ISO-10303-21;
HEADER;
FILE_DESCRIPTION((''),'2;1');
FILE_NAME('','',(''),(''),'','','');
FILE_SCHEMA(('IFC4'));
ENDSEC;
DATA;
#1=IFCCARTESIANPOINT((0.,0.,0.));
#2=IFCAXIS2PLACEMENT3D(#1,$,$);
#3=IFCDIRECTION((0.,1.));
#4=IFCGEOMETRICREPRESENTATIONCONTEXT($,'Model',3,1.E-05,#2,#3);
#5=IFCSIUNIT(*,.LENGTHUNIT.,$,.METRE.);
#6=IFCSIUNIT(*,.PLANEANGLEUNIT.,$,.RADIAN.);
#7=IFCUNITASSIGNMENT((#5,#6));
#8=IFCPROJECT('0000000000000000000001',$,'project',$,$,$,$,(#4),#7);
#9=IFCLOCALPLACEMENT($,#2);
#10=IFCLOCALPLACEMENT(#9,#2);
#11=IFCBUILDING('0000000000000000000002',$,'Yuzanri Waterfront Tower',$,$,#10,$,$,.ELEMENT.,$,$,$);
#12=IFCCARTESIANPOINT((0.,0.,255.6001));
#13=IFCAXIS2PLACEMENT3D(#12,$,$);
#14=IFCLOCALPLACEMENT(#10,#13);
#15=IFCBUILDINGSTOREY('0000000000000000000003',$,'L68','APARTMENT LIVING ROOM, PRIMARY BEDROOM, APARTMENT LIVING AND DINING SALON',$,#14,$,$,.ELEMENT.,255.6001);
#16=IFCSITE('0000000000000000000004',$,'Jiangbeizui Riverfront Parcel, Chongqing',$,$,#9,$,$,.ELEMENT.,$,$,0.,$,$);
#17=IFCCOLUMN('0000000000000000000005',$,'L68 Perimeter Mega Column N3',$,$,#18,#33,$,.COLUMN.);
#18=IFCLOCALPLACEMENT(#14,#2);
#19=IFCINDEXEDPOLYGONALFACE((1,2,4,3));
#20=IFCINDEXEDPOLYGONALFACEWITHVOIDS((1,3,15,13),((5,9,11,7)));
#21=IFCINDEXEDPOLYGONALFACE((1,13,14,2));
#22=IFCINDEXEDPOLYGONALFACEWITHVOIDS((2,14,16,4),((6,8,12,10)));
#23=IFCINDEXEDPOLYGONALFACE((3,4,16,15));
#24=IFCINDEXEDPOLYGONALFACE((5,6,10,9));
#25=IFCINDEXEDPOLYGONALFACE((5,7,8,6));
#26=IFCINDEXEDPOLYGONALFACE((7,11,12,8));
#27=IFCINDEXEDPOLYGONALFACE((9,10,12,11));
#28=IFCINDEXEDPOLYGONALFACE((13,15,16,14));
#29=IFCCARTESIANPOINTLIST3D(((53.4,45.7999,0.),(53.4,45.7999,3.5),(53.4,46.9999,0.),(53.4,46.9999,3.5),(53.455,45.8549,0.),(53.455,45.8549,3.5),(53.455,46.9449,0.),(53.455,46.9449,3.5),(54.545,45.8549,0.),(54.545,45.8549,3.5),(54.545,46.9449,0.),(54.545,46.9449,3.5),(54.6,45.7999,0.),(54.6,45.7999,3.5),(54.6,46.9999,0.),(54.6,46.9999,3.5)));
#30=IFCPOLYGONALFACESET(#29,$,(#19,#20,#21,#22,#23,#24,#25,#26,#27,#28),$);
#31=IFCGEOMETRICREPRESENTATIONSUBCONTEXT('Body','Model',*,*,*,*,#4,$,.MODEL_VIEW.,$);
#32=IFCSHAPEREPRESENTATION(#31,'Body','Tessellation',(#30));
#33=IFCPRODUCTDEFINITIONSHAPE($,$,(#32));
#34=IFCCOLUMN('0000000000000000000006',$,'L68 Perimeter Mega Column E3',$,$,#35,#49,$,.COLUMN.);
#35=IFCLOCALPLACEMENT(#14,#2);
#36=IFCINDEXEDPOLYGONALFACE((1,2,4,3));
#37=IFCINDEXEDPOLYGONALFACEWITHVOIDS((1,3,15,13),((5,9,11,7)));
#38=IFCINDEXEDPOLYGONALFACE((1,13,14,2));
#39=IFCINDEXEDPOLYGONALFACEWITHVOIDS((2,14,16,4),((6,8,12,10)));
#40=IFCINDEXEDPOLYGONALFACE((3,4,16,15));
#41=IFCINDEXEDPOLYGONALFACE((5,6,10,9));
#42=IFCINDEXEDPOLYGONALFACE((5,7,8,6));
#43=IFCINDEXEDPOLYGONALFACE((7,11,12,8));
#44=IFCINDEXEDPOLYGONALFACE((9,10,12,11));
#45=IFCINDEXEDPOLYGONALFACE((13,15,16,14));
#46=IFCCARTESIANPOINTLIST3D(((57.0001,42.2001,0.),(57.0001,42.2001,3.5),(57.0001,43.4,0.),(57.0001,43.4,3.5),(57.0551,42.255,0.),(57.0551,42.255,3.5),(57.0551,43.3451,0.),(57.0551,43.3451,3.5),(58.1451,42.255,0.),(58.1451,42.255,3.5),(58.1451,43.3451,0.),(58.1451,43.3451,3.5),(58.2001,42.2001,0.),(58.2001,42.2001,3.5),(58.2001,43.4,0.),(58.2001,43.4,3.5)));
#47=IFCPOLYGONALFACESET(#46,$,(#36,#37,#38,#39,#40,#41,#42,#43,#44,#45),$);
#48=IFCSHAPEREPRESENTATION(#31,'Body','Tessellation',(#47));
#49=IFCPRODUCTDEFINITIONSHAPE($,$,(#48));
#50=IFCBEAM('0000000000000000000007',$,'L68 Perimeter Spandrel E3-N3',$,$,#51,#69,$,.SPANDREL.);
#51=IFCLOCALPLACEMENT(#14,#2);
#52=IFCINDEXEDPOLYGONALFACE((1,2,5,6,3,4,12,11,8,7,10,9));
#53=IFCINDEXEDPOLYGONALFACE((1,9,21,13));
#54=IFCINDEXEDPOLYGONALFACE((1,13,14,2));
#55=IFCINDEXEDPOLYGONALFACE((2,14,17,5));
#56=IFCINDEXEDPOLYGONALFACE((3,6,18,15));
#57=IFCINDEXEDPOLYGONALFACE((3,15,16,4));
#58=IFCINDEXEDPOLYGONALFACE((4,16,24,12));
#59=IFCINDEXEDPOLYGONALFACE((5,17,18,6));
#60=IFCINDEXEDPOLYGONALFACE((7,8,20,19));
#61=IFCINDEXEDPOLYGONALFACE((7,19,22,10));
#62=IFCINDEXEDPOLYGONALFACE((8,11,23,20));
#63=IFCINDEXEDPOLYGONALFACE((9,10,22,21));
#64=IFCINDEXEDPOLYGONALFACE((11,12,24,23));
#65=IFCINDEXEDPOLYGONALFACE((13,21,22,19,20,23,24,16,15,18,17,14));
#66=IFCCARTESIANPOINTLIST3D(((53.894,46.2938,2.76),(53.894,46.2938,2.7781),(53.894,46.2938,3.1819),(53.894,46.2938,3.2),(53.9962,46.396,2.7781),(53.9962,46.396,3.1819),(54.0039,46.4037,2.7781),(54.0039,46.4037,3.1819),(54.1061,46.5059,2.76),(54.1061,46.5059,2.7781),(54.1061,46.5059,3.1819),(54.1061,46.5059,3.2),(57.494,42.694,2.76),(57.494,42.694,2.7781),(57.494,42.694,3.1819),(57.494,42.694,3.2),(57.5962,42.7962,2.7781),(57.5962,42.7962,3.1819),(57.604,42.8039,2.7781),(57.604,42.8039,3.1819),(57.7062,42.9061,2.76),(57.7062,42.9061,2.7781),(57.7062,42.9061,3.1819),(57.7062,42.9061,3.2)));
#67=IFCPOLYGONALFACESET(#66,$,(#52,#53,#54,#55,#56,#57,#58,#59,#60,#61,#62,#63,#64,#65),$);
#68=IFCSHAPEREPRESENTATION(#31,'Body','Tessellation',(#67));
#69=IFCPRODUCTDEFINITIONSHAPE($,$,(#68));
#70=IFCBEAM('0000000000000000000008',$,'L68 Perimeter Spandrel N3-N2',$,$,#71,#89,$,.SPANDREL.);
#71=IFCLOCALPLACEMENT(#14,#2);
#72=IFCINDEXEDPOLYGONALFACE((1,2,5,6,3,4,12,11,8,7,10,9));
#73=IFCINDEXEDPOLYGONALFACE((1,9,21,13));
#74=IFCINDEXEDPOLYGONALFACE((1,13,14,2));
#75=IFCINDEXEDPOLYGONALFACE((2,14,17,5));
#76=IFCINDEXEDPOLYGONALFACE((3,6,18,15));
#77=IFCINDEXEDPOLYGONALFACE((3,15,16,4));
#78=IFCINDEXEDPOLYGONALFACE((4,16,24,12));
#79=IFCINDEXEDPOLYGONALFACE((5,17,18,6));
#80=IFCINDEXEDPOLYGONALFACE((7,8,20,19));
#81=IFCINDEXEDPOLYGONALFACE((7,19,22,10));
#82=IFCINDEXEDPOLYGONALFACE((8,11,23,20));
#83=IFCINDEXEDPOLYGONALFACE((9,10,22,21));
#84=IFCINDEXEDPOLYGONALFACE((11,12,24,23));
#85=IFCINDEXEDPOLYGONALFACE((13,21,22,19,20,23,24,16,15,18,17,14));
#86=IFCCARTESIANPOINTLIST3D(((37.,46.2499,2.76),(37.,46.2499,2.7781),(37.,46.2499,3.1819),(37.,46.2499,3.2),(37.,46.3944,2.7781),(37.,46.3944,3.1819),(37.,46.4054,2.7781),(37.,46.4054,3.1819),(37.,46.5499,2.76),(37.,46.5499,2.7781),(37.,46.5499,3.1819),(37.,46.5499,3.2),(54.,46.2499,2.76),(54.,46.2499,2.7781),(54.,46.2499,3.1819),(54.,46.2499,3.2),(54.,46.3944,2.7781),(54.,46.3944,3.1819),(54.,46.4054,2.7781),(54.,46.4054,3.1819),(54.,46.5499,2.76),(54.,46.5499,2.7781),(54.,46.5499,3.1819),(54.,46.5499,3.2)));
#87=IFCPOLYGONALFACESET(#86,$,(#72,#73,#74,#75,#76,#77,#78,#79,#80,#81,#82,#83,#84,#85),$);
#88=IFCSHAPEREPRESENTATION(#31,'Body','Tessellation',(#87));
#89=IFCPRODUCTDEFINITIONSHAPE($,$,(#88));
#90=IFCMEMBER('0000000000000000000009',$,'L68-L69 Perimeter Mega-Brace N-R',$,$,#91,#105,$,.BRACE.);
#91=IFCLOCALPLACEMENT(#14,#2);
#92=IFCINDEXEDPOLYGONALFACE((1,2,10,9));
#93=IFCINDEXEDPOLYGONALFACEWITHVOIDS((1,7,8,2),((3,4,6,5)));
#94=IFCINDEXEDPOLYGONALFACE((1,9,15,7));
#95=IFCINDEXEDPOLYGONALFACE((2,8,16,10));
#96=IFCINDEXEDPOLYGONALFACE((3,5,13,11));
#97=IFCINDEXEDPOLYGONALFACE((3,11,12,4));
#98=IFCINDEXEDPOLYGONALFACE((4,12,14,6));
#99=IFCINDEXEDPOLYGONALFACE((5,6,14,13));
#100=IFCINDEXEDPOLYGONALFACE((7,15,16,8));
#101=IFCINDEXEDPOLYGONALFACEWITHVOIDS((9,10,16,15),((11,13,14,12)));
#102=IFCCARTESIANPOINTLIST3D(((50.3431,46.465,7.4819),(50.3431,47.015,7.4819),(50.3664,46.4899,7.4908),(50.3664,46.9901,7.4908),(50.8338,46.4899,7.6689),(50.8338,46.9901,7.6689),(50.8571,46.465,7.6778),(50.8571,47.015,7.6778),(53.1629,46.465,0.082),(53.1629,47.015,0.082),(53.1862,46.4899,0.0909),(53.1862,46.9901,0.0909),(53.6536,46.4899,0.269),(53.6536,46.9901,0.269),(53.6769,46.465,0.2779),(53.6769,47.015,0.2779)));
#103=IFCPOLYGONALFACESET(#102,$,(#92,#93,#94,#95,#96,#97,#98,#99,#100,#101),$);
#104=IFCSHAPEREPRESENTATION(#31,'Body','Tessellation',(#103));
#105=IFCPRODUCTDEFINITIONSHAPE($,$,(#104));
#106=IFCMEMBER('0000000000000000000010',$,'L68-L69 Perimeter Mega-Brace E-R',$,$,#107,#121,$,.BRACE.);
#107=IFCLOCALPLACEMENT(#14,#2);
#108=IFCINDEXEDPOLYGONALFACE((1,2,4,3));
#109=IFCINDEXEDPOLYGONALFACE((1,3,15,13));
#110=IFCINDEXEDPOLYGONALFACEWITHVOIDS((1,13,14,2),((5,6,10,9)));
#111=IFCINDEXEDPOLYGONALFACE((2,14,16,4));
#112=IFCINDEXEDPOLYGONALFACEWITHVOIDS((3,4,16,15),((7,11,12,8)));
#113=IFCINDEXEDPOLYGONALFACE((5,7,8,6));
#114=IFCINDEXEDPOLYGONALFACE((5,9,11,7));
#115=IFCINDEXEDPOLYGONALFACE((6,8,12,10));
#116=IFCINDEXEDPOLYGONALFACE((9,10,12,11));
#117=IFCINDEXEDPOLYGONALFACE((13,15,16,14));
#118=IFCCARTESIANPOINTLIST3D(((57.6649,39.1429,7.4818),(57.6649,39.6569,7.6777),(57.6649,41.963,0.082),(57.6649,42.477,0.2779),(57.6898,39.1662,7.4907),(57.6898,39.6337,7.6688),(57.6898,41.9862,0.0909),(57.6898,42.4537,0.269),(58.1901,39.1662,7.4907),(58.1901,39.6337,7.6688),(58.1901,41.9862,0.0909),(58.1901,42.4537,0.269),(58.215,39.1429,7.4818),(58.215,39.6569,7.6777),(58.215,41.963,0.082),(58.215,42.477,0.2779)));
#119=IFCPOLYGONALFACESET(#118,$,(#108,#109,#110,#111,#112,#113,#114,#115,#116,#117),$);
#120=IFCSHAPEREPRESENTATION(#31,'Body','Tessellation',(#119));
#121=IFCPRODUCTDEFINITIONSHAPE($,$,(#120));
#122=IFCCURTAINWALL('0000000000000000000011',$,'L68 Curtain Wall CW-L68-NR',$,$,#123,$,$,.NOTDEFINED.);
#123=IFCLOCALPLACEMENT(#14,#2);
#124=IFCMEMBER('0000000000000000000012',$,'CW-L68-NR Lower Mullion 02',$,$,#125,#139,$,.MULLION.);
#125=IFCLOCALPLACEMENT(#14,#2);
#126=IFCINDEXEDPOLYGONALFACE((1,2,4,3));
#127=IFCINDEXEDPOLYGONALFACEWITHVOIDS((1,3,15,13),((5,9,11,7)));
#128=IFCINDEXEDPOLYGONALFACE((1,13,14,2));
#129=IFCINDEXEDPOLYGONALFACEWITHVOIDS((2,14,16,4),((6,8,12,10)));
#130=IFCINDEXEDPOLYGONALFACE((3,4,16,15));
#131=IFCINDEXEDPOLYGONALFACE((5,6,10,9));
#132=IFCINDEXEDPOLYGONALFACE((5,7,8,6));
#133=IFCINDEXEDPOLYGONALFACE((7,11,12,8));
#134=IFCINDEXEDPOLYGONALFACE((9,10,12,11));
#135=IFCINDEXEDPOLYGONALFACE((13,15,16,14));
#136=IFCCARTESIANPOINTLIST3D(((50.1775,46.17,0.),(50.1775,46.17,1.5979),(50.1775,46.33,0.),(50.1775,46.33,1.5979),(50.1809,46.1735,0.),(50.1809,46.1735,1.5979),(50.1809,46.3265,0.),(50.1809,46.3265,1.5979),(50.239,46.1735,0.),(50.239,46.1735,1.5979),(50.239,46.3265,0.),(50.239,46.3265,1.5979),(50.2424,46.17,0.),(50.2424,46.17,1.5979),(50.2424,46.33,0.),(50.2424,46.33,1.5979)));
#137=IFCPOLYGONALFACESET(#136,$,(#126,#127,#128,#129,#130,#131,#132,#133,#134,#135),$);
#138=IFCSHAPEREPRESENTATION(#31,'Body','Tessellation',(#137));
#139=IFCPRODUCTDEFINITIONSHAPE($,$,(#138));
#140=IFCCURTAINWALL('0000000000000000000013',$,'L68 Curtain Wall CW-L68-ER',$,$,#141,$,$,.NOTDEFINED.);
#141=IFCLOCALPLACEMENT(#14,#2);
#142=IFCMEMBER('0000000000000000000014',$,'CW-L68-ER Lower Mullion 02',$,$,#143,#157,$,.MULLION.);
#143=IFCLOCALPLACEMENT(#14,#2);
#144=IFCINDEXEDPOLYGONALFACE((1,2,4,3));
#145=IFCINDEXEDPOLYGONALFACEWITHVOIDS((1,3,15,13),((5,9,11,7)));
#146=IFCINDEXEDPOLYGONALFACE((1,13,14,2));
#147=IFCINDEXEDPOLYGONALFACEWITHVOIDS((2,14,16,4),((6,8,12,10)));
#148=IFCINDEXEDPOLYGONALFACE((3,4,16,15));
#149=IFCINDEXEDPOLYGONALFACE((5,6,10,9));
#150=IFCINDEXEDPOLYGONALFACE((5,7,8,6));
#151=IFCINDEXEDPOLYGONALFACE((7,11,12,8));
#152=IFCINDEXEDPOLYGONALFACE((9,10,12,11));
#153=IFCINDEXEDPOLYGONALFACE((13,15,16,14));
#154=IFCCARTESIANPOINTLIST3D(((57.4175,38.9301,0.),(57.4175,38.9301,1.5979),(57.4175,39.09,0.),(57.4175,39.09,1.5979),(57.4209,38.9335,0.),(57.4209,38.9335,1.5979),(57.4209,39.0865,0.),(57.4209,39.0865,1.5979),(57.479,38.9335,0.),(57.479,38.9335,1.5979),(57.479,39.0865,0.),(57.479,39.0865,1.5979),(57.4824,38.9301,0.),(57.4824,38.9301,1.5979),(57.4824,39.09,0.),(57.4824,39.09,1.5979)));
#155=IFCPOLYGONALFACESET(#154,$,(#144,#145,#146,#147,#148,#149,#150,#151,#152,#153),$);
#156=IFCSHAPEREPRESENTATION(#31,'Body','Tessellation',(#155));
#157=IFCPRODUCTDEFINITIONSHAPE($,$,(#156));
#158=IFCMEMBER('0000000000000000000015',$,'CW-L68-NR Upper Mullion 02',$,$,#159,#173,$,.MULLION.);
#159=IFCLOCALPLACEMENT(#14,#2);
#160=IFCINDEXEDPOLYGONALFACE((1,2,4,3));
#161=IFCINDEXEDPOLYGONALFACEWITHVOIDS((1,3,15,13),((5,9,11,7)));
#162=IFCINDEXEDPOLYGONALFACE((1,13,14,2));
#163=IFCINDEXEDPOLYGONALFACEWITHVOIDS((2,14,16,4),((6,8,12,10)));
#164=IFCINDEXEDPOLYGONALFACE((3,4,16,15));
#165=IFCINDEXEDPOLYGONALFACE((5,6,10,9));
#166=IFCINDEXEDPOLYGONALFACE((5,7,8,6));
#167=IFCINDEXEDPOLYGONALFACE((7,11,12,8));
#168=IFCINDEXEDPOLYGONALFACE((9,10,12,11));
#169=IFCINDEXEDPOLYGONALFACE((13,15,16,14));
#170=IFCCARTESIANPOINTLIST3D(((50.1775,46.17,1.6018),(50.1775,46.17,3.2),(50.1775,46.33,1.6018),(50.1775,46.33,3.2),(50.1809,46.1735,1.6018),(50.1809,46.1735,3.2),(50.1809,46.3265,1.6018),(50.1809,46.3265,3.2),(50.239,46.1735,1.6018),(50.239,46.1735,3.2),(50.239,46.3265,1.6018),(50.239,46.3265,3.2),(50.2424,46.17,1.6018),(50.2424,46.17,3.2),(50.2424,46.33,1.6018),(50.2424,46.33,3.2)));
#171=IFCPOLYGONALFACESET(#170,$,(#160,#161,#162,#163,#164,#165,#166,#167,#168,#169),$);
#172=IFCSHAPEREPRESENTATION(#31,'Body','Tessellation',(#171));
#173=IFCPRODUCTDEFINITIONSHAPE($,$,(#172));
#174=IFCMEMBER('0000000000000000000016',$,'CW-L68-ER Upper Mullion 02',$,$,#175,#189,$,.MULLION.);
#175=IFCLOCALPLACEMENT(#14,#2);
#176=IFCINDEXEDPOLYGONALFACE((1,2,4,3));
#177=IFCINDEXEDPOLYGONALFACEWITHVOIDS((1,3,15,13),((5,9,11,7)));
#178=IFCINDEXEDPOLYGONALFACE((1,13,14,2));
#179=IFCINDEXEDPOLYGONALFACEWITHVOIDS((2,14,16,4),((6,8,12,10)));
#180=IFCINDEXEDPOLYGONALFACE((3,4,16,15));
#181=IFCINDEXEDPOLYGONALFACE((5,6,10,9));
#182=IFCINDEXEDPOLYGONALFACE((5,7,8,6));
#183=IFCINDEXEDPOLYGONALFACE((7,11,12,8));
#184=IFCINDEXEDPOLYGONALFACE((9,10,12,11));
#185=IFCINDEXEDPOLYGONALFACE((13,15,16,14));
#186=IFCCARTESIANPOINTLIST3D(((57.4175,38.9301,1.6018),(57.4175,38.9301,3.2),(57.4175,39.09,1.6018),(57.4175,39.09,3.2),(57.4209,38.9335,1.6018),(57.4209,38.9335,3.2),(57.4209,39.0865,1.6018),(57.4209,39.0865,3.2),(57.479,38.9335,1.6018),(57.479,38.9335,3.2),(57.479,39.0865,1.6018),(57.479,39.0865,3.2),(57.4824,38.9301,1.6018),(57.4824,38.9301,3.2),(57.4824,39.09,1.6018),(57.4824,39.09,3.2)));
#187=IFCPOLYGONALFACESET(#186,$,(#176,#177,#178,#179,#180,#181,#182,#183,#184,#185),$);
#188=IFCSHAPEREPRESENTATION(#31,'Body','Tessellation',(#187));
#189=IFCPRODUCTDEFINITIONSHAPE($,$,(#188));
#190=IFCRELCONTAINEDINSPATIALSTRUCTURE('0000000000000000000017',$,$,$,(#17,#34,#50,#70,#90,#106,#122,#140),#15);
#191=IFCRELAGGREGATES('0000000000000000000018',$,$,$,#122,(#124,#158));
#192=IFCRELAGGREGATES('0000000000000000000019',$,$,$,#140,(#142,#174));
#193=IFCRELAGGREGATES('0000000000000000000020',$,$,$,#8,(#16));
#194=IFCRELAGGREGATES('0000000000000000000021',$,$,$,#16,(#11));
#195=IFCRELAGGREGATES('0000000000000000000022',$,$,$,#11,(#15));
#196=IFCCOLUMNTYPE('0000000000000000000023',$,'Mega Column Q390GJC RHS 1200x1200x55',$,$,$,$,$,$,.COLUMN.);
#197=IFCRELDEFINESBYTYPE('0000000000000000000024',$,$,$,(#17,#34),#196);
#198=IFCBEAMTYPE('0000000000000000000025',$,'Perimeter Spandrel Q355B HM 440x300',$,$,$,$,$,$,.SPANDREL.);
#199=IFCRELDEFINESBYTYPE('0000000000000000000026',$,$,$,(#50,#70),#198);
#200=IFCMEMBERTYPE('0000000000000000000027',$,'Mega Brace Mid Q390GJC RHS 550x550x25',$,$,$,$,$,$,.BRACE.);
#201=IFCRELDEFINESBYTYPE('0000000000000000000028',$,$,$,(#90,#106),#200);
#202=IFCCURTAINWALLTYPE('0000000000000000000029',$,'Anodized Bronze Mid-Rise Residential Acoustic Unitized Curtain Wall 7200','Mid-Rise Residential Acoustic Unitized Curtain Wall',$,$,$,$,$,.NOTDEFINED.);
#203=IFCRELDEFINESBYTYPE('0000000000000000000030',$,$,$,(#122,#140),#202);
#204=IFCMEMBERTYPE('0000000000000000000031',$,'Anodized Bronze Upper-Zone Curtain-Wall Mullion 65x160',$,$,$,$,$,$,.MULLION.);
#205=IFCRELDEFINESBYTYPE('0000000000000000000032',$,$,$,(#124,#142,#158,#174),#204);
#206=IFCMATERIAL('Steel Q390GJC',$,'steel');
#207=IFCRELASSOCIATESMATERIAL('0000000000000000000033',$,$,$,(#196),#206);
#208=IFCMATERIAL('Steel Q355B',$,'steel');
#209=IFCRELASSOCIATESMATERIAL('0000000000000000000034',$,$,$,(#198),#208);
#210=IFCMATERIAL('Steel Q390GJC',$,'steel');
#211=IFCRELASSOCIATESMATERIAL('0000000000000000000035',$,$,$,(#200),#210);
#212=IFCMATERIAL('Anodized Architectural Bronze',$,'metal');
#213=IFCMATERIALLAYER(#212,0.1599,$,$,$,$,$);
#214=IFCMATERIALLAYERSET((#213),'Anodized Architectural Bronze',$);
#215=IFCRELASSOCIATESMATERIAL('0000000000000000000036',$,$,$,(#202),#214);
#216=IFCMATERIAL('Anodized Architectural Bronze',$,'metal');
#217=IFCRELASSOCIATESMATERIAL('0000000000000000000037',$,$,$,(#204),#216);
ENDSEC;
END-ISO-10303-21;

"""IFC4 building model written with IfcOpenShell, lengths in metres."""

from ifc_helpers import new_model, si_unit, direction, frame, origin, origin_2d, place, context, subcontext, project, spatial, hollow_rectangle, i_section, extrude, source, transform, mapped, material, layer, layer_set, material_profile, profile_set, type_object, element, aggregate, save


model = new_model("IFC4")

# Units and contexts
model_context = context("Model", 3, precision=1e-05, world=origin(), true_north=direction((0.0, 1.0)))
body_context = subcontext(model_context, "Body", "Model", "MODEL_VIEW")
ifc_project = project(units=[si_unit("LENGTHUNIT", "METRE"), si_unit("PLANEANGLEUNIT", "RADIAN")], contexts=[model_context])

# Site, building, storey
site_placement = place(None, origin())
site = spatial("IfcSite", under=ifc_project, at=site_placement, Name="Jiangbeizui Riverfront Parcel, Chongqing", CompositionType="ELEMENT", RefElevation=0.0)
building_placement = place(site_placement, origin())
building = spatial("IfcBuilding", under=site, at=building_placement, Name="Yuzanri Waterfront Tower", CompositionType="ELEMENT")
storey_placement = place(building_placement, frame((0.0, 0.0, 255.6001)))
storey = spatial("IfcBuildingStorey", under=building, at=storey_placement, Name="L68", Description="APARTMENT LIVING ROOM, PRIMARY BEDROOM, APARTMENT LIVING AND DINING SALON", CompositionType="ELEMENT", Elevation=255.6001)

# Columns
ifc_material_1 = material(Name="Steel Q390GJC", Category="steel")
ifc_material_profile_1 = material_profile(ifc_material_1, hollow_rectangle(XDim=1.2, YDim=1.2, WallThickness=0.0549, at=origin_2d()), Name="RHS 1200x1200x55")
ifc_profile_set_1 = profile_set([ifc_material_profile_1], Name="Steel Q390GJC")
column_type = type_object("IfcColumnType", Name="Mega Column Q390GJC RHS 1200x1200x55", PredefinedType="COLUMN", material=ifc_profile_set_1)
shared_shape_1 = source(origin(), body_context, "Body", "SweptSolid", [
    extrude(hollow_rectangle(XDim=1.2, YDim=1.2, WallThickness=0.0549, at=origin_2d()), origin(), (0.0, 0.0, 1.0), 3.5),
])
for number, where, z_axis, x_axis, name in (
    (1, (54.0, 46.3999, 0.0), (0.0, 0.0, 1.0), (1.0, 0.0, 0.0), "L68 Perimeter Mega Column N3"),
    (2, (57.6001, 42.8, 0.0), (0.0, 0.0, 1.0), (1.0, 0.0, 0.0), "L68 Perimeter Mega Column E3"),
):
    element("IfcColumn", number, at=place(storey_placement, frame(where, z_axis=z_axis, x_axis=x_axis)), inside=storey, type_object=column_type, Name=name, PredefinedType="COLUMN", context=body_context, shape_type="MappedRepresentation", body=[
        mapped(shared_shape_1, transform((0.0, 0.0, 0.0), scale=1.0)),
    ])

# Beams
ifc_material_2 = material(Name="Steel Q355B", Category="steel")
ifc_material_profile_2 = material_profile(ifc_material_2, i_section(OverallWidth=0.3, OverallDepth=0.4399, WebThickness=0.011, FlangeThickness=0.0181, at=origin_2d()), Name="HM 440x300x11x18")
ifc_profile_set_2 = profile_set([ifc_material_profile_2], Name="Steel Q355B")
beam_type = type_object("IfcBeamType", Name="Perimeter Spandrel Q355B HM 440x300", PredefinedType="SPANDREL", material=ifc_profile_set_2)
shared_shape_2 = source(origin(), body_context, "Body", "SweptSolid", [
    extrude(i_section(OverallWidth=0.3, OverallDepth=0.4399, WebThickness=0.011, FlangeThickness=0.0181, at=origin_2d()), origin(), (0.0, 0.0, 1.0), 5.0911),
])
beam_1_placement = place(storey_placement, frame((57.6001, 42.8, 2.98), z_axis=(-0.707131, 0.707083, 0.0), x_axis=(-0.707083, -0.707131, 0.0)))
element("IfcBeam", 3, at=beam_1_placement, inside=storey, type_object=beam_type, Name="L68 Perimeter Spandrel E3-N3", PredefinedType="SPANDREL", context=body_context, shape_type="MappedRepresentation", body=[
    mapped(shared_shape_2, transform((0.0, 0.0, 0.0), scale=1.0)),
])
shared_shape_3 = source(origin(), body_context, "Body", "SweptSolid", [
    extrude(i_section(OverallWidth=0.3, OverallDepth=0.4399, WebThickness=0.011, FlangeThickness=0.0181, at=origin_2d()), origin(), (0.0, 0.0, 1.0), 17.0),
])
beam_2_placement = place(storey_placement, frame((54.0, 46.3999, 2.98), z_axis=(-1.0, 0.0, 0.0), x_axis=(0.0, -1.0, 0.0)))
element("IfcBeam", 4, at=beam_2_placement, inside=storey, type_object=beam_type, Name="L68 Perimeter Spandrel N3-N2", PredefinedType="SPANDREL", context=body_context, shape_type="MappedRepresentation", body=[
    mapped(shared_shape_3, transform((0.0, 0.0, 0.0), scale=1.0)),
])

# Members
ifc_material_3 = material(Name="Steel Q390GJC", Category="steel")
ifc_material_profile_3 = material_profile(ifc_material_3, hollow_rectangle(XDim=0.55, YDim=0.55, WallThickness=0.0249, at=origin_2d()), Name="RHS 550x550x25")
ifc_profile_set_3 = profile_set([ifc_material_profile_3], Name="Steel Q390GJC")
member_type_1 = type_object("IfcMemberType", Name="Mega Brace Mid Q390GJC RHS 550x550x25", PredefinedType="BRACE", material=ifc_profile_set_3)
shared_shape_4 = source(origin(), body_context, "Body", "SweptSolid", [
    extrude(hollow_rectangle(XDim=0.55, YDim=0.55, WallThickness=0.0249, at=origin_2d()), origin(), (0.0, 0.0, 1.0), 7.9189),
])
for number, where, z_axis, x_axis, name in (
    (5, (53.4199, 46.74, 0.1799), (-0.356085, 0.0, 0.934454), (0.0, -1.0, 0.0), "L68-L69 Perimeter Mega-Brace N-R"),
    (6, (57.9399, 42.22, 0.1799), (0.0, -0.356112, 0.934443), (1.0, 0.0, 0.0), "L68-L69 Perimeter Mega-Brace E-R"),
):
    element("IfcMember", number, at=place(storey_placement, frame(where, z_axis=z_axis, x_axis=x_axis)), inside=storey, type_object=member_type_1, Name=name, PredefinedType="BRACE", context=body_context, shape_type="MappedRepresentation", body=[
        mapped(shared_shape_4, transform((0.0, 0.0, 0.0), scale=1.0)),
    ])

# Curtain walls, members
ifc_material_4 = material(Name="Anodized Architectural Bronze", Category="metal")
ifc_layer_1 = layer(ifc_material_4, 0.1599)
ifc_layer_set_1 = layer_set([ifc_layer_1], Name="Anodized Architectural Bronze")
curtain_wall_type = type_object("IfcCurtainWallType", Name="Anodized Bronze Mid-Rise Residential Acoustic Unitized Curtain Wall 7200", Description="Mid-Rise Residential Acoustic Unitized Curtain Wall", PredefinedType="NOTDEFINED", material=ifc_layer_set_1)
curtain_wall_1_placement = place(storey_placement, origin())
curtain_wall_1 = element("IfcCurtainWall", 7, at=curtain_wall_1_placement, inside=storey, type_object=curtain_wall_type, Name="L68 Curtain Wall CW-L68-NR", PredefinedType="NOTDEFINED")
ifc_material_5 = material(Name="Anodized Architectural Bronze", Category="metal")
ifc_material_profile_4 = material_profile(ifc_material_5, hollow_rectangle(XDim=0.0649, YDim=0.1599, WallThickness=0.0034, at=origin_2d()), Name="CWM 65x160")
ifc_profile_set_4 = profile_set([ifc_material_profile_4], Name="Anodized Architectural Bronze")
member_type_2 = type_object("IfcMemberType", Name="Anodized Bronze Upper-Zone Curtain-Wall Mullion 65x160", PredefinedType="MULLION", material=ifc_profile_set_4)
shared_shape_5 = source(origin(), body_context, "Body", "SweptSolid", [
    extrude(hollow_rectangle(XDim=0.0649, YDim=0.1599, WallThickness=0.0034, at=origin_2d()), origin(), (0.0, 0.0, 1.0), 1.5979),
])
member_1_placement = place(storey_placement, frame((50.21, 46.25, 0.0), z_axis=(0.0, 0.0, 1.0), x_axis=(1.0, 0.0, 0.0)))
member_1 = element("IfcMember", 8, at=member_1_placement, type_object=member_type_2, Name="CW-L68-NR Lower Mullion 02", PredefinedType="MULLION", context=body_context, shape_type="MappedRepresentation", body=[
    mapped(shared_shape_5, transform((0.0, 0.0, 0.0), scale=1.0)),
])
curtain_wall_2_placement = place(storey_placement, origin())
curtain_wall_2 = element("IfcCurtainWall", 9, at=curtain_wall_2_placement, inside=storey, type_object=curtain_wall_type, Name="L68 Curtain Wall CW-L68-ER", PredefinedType="NOTDEFINED")
member_2_placement = place(storey_placement, frame((57.45, 39.01, 0.0), z_axis=(0.0, 0.0, 1.0), x_axis=(1.0, 0.0, 0.0)))
member_2 = element("IfcMember", 10, at=member_2_placement, type_object=member_type_2, Name="CW-L68-ER Lower Mullion 02", PredefinedType="MULLION", context=body_context, shape_type="MappedRepresentation", body=[
    mapped(shared_shape_5, transform((0.0, 0.0, 0.0), scale=1.0)),
])

# Members
shared_shape_6 = source(origin(), body_context, "Body", "SweptSolid", [
    extrude(hollow_rectangle(XDim=0.0649, YDim=0.1599, WallThickness=0.0034, at=origin_2d()), origin(), (0.0, 0.0, 1.0), 1.5981),
])
member_3_placement = place(storey_placement, frame((50.21, 46.25, 1.6018), z_axis=(0.0, 0.0, 1.0), x_axis=(1.0, 0.0, 0.0)))
member_3 = element("IfcMember", 11, at=member_3_placement, type_object=member_type_2, Name="CW-L68-NR Upper Mullion 02", PredefinedType="MULLION", context=body_context, shape_type="MappedRepresentation", body=[
    mapped(shared_shape_6, transform((0.0, 0.0, 0.0), scale=1.0)),
])
aggregate(curtain_wall_1, [member_1, member_3])
member_4_placement = place(storey_placement, frame((57.45, 39.01, 1.6018), z_axis=(0.0, 0.0, 1.0), x_axis=(1.0, 0.0, 0.0)))
member_4 = element("IfcMember", 12, at=member_4_placement, type_object=member_type_2, Name="CW-L68-ER Upper Mullion 02", PredefinedType="MULLION", context=body_context, shape_type="MappedRepresentation", body=[
    mapped(shared_shape_6, transform((0.0, 0.0, 0.0), scale=1.0)),
])

aggregate(curtain_wall_2, [member_2, member_4])

save(model, "model.ifc")
